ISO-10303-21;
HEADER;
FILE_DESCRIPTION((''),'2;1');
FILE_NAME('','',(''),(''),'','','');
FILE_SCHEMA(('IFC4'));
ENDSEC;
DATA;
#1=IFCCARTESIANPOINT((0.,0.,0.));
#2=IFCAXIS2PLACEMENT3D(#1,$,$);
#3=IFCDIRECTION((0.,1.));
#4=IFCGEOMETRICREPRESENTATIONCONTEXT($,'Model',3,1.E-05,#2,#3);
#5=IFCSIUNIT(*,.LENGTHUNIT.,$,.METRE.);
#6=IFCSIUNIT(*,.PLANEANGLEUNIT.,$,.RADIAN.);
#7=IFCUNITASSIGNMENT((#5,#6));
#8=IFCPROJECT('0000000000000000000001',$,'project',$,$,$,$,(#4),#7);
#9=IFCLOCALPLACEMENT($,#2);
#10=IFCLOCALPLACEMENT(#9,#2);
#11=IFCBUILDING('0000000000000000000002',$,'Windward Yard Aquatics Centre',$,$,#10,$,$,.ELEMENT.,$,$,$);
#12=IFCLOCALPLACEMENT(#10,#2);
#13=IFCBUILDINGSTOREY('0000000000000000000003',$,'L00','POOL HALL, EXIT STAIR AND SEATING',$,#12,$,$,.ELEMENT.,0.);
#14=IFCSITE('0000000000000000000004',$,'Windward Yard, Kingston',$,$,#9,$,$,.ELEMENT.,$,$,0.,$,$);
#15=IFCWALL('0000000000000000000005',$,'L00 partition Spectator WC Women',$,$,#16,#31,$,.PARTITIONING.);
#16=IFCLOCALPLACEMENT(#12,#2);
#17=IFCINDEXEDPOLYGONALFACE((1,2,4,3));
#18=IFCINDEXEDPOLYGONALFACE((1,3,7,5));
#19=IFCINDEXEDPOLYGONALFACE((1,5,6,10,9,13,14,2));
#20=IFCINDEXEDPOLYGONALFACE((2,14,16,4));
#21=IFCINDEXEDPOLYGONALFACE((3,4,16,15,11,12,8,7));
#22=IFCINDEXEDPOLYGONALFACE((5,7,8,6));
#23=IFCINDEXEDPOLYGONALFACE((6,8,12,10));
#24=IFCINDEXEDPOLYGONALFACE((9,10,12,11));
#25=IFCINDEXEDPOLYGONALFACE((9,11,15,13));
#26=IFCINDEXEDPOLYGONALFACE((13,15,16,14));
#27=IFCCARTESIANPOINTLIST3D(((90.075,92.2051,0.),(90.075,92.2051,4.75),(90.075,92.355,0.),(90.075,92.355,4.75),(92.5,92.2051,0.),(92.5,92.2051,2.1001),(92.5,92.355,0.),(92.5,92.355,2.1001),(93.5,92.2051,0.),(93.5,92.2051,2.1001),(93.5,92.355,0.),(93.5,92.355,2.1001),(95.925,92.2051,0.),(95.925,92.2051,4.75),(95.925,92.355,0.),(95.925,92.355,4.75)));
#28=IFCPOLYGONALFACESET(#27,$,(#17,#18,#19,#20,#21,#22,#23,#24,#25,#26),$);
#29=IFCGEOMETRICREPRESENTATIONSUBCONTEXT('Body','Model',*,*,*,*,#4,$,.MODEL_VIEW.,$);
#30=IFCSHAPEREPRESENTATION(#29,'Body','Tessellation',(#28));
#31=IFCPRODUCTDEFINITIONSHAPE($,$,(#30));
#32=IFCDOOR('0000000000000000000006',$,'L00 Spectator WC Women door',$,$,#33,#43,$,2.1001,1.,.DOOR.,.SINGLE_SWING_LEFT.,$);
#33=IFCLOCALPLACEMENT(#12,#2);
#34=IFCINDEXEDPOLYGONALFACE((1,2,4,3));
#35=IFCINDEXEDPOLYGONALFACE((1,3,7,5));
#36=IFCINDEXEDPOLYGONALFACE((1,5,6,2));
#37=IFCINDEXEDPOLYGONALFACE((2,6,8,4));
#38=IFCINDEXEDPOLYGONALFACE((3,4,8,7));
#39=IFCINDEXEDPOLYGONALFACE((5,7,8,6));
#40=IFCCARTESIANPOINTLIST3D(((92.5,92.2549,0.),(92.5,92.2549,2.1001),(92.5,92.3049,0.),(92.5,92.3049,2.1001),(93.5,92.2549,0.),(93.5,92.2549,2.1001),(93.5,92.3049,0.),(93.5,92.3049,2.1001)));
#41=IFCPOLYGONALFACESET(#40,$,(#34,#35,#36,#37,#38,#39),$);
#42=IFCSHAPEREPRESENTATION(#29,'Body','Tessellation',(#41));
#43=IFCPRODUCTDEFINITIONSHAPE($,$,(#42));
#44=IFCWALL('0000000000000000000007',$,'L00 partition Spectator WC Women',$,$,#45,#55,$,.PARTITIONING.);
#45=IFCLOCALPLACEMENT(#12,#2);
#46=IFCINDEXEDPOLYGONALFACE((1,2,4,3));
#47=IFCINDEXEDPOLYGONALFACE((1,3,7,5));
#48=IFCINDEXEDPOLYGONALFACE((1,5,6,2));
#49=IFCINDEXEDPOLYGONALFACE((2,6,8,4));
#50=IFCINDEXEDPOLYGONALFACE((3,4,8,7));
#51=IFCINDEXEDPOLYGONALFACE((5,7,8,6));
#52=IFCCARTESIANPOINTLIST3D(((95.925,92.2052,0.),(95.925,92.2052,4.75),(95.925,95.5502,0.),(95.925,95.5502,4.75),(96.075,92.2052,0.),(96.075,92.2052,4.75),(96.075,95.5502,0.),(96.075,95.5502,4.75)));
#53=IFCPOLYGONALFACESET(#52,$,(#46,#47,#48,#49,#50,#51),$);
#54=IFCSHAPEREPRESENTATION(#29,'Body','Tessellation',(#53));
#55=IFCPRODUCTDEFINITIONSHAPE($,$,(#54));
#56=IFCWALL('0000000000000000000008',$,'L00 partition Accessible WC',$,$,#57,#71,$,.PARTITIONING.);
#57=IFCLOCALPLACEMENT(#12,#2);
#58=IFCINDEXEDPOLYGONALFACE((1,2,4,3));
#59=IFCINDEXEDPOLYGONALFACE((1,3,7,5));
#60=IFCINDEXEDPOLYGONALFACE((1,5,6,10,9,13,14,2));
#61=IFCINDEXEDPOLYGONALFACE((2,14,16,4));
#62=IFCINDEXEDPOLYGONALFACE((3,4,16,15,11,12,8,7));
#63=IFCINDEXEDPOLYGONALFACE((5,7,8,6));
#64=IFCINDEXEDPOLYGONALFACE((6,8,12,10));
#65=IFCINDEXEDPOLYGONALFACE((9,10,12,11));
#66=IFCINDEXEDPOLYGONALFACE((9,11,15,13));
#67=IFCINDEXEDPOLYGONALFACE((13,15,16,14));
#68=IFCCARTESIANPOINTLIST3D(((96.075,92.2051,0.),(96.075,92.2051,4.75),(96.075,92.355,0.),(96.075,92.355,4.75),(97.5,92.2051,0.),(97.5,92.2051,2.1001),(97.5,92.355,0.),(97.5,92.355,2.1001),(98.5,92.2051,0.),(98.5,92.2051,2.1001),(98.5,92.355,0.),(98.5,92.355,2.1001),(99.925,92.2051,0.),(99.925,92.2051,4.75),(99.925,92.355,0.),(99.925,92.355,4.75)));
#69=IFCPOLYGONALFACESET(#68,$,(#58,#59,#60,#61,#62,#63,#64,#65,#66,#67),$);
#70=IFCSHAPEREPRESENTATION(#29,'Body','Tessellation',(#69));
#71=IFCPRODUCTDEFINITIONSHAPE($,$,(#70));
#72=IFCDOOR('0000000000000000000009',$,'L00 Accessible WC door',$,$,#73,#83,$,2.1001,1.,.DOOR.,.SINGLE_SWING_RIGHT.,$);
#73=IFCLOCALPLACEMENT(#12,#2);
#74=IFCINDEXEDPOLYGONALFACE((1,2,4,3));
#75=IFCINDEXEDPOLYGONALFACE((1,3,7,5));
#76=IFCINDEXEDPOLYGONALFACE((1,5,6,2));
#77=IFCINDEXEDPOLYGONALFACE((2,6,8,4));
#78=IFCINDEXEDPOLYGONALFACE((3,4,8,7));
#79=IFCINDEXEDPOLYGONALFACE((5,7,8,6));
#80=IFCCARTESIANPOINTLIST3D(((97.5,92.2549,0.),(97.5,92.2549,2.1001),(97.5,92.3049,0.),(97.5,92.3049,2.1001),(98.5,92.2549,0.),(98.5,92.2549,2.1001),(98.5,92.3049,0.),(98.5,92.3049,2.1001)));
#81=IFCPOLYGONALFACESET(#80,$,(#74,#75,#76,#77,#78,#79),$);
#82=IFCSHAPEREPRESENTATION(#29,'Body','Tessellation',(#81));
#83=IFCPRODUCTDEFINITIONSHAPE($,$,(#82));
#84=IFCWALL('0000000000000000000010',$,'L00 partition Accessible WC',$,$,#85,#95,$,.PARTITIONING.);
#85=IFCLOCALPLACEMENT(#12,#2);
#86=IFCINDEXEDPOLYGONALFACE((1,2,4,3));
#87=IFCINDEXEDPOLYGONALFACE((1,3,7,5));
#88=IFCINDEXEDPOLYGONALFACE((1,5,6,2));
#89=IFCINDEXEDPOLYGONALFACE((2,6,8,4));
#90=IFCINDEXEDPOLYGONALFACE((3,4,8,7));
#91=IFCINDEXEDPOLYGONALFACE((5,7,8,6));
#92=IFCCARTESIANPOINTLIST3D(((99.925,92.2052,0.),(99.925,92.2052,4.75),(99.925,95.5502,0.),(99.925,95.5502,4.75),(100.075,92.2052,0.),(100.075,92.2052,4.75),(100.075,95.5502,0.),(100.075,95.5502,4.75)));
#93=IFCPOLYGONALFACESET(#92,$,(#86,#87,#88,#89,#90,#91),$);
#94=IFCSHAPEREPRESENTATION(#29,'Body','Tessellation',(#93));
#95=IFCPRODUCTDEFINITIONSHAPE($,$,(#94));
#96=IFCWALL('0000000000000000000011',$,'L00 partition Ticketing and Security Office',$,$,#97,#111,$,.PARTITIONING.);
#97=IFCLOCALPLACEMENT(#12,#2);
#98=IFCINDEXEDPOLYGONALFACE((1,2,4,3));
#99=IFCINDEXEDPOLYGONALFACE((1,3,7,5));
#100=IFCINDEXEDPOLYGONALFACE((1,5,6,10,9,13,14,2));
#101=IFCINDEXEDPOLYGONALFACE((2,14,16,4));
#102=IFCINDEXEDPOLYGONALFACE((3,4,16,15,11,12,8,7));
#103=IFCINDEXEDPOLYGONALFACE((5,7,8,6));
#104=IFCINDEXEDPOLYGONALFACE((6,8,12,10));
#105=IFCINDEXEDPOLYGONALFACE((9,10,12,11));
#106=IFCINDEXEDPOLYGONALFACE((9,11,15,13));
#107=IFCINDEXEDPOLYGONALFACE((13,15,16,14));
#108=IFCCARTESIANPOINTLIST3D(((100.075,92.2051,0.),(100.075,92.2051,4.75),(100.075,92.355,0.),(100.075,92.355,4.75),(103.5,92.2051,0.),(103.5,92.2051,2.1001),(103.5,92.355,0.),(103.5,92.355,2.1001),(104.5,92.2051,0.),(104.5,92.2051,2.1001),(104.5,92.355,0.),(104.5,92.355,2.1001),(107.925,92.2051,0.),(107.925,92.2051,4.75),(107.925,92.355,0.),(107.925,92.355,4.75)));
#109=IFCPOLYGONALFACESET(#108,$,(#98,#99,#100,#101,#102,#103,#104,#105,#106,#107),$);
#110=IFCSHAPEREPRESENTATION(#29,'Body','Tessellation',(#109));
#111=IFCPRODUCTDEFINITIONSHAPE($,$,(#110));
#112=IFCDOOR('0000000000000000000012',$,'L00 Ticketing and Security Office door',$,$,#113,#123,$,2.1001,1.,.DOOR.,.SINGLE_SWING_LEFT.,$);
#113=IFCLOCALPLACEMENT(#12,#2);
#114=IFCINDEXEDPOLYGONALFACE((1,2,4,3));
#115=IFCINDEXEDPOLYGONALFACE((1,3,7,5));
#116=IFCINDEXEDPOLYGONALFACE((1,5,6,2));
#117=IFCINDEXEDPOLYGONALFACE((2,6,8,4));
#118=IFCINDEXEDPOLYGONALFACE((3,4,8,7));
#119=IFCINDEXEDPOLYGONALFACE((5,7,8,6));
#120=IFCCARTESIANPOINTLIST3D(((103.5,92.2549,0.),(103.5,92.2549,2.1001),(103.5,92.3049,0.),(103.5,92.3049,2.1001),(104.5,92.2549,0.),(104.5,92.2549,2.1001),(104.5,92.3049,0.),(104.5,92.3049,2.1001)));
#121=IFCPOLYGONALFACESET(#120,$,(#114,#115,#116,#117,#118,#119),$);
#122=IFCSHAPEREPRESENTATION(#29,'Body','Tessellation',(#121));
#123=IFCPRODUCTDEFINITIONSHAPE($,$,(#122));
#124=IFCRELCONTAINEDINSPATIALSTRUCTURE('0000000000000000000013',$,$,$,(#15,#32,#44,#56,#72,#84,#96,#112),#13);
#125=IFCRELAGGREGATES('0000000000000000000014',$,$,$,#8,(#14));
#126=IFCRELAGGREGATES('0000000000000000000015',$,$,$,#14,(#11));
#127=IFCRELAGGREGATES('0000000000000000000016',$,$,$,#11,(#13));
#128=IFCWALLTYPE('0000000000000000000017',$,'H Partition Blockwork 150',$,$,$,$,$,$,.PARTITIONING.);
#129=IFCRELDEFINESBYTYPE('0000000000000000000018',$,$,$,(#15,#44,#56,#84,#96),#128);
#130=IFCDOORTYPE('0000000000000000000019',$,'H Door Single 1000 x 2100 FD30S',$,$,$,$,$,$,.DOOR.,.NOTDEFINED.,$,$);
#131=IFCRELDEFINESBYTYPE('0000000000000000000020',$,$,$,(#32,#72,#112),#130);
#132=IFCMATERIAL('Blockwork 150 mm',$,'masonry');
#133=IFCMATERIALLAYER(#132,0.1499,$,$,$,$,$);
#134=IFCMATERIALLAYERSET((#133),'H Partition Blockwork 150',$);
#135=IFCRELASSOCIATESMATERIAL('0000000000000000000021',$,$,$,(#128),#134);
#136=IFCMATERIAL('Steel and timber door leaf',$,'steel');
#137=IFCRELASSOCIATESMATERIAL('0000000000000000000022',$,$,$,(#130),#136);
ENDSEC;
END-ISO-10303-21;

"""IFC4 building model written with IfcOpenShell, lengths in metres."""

from ifc_helpers import new_model, si_unit, direction, frame, frame_2d, origin, place, context, subcontext, project, spatial, rectangle, extrude, material, layer, layer_set, type_object, element, fill, save


model = new_model("IFC4")

# Units and contexts
model_context = context("Model", 3, precision=1e-05, world=origin(), true_north=direction((0.0, 1.0)))
body_context = subcontext(model_context, "Body", "Model", "MODEL_VIEW")
ifc_project = project(units=[si_unit("LENGTHUNIT", "METRE"), si_unit("PLANEANGLEUNIT", "RADIAN")], contexts=[model_context])

# Site, building, storey
site_placement = place(None, origin())
site = spatial("IfcSite", under=ifc_project, at=site_placement, Name="Windward Yard, Kingston", CompositionType="ELEMENT", RefElevation=0.0)
building_placement = place(site_placement, origin())
building = spatial("IfcBuilding", under=site, at=building_placement, Name="Windward Yard Aquatics Centre", CompositionType="ELEMENT")
storey_placement = place(building_placement, origin())
storey = spatial("IfcBuildingStorey", under=building, at=storey_placement, Name="L00", Description="POOL HALL, EXIT STAIR AND SEATING", CompositionType="ELEMENT", Elevation=0.0)

# Shared definitions
ifc_material_1 = material(Name="Blockwork 150 mm", Category="masonry")
ifc_layer = layer(ifc_material_1, 0.1499)
ifc_layer_set = layer_set([ifc_layer], Name="H Partition Blockwork 150")
wall_type = type_object("IfcWallType", Name="H Partition Blockwork 150", PredefinedType="PARTITIONING", material=ifc_layer_set)

# Wall, opening, door
wall_1_placement = place(storey_placement, frame((90.075, 92.28, 0.0), z_axis=(0.0, 0.0, 1.0), x_axis=(1.0, 0.0, 0.0)))
wall_1 = element("IfcWall", 1, at=wall_1_placement, inside=storey, type_object=wall_type, Name="L00 partition Spectator WC Women", PredefinedType="PARTITIONING", context=body_context, shape_type="SweptSolid", body=[
    extrude(rectangle(XDim=5.8501, YDim=0.1499, at=frame_2d((2.925, 0.0))), origin(), (0.0, 0.0, 1.0), 4.75),
])
opening_1_placement = place(wall_1_placement, frame((2.425, 0.0, 0.0)))
opening_1 = element("IfcOpeningElement", 2, at=opening_1_placement, cuts=wall_1, PredefinedType="OPENING", context=body_context, shape_type="SweptSolid", body=[
    extrude(rectangle(XDim=1.0, YDim=2.1001, at=frame_2d((0.5, 1.05))), frame((0.0, 0.085, 0.0), z_axis=(0.0, -1.0, 0.0), x_axis=(1.0, 0.0, 0.0)), (0.0, 0.0, 1.0), 0.1699),
])
ifc_material_2 = material(Name="Steel and timber door leaf", Category="steel")
door_type = type_object("IfcDoorType", Name="H Door Single 1000 x 2100 FD30S", OperationType="NOTDEFINED", PredefinedType="DOOR", material=ifc_material_2)
door_1_placement = place(opening_1_placement, origin())
door_1 = element("IfcDoor", 3, at=door_1_placement, inside=storey, type_object=door_type, Name="L00 Spectator WC Women door", OperationType="SINGLE_SWING_LEFT", OverallHeight=2.1001, OverallWidth=1.0, PredefinedType="DOOR", context=body_context, shape_type="SweptSolid", body=[
    extrude(rectangle(XDim=1.0, YDim=2.1001, at=frame_2d((0.5, 1.05))), frame((0.0, 0.0249, 0.0), z_axis=(0.0, -1.0, 0.0), x_axis=(1.0, 0.0, 0.0)), (0.0, 0.0, 1.0), 0.05),
])
fill(opening_1, door_1)

# Wall
wall_2_placement = place(storey_placement, frame((96.0, 95.55, 0.0), z_axis=(0.0, 0.0, 1.0), x_axis=(0.0, -1.0, 0.0)))
element("IfcWall", 4, at=wall_2_placement, inside=storey, type_object=wall_type, Name="L00 partition Spectator WC Women", PredefinedType="PARTITIONING", context=body_context, shape_type="SweptSolid", body=[
    extrude(rectangle(XDim=3.345, YDim=0.1499, at=frame_2d((1.6724, 0.0))), origin(), (0.0, 0.0, 1.0), 4.75),
])

# Wall, opening, door
wall_3_placement = place(storey_placement, frame((96.075, 92.28, 0.0), z_axis=(0.0, 0.0, 1.0), x_axis=(1.0, 0.0, 0.0)))
wall_3 = element("IfcWall", 5, at=wall_3_placement, inside=storey, type_object=wall_type, Name="L00 partition Accessible WC", PredefinedType="PARTITIONING", context=body_context, shape_type="SweptSolid", body=[
    extrude(rectangle(XDim=3.8501, YDim=0.1499, at=frame_2d((1.925, 0.0))), origin(), (0.0, 0.0, 1.0), 4.75),
])
opening_2_placement = place(wall_3_placement, frame((1.425, 0.0, 0.0)))
opening_2 = element("IfcOpeningElement", 6, at=opening_2_placement, cuts=wall_3, PredefinedType="OPENING", context=body_context, shape_type="SweptSolid", body=[
    extrude(rectangle(XDim=1.0, YDim=2.1001, at=frame_2d((0.5, 1.05))), frame((0.0, 0.085, 0.0), z_axis=(0.0, -1.0, 0.0), x_axis=(1.0, 0.0, 0.0)), (0.0, 0.0, 1.0), 0.1699),
])
door_2_placement = place(opening_2_placement, origin())
door_2 = element("IfcDoor", 7, at=door_2_placement, inside=storey, type_object=door_type, Name="L00 Accessible WC door", OperationType="SINGLE_SWING_RIGHT", OverallHeight=2.1001, OverallWidth=1.0, PredefinedType="DOOR", context=body_context, shape_type="SweptSolid", body=[
    extrude(rectangle(XDim=1.0, YDim=2.1001, at=frame_2d((0.5, 1.05))), frame((0.0, 0.0249, 0.0), z_axis=(0.0, -1.0, 0.0), x_axis=(1.0, 0.0, 0.0)), (0.0, 0.0, 1.0), 0.05),
])
fill(opening_2, door_2)

# Wall
wall_4_placement = place(storey_placement, frame((100.0, 95.55, 0.0), z_axis=(0.0, 0.0, 1.0), x_axis=(0.0, -1.0, 0.0)))
element("IfcWall", 8, at=wall_4_placement, inside=storey, type_object=wall_type, Name="L00 partition Accessible WC", PredefinedType="PARTITIONING", context=body_context, shape_type="SweptSolid", body=[
    extrude(rectangle(XDim=3.345, YDim=0.1499, at=frame_2d((1.6724, 0.0))), origin(), (0.0, 0.0, 1.0), 4.75),
])

# Wall, opening, door
wall_5_placement = place(storey_placement, frame((100.075, 92.28, 0.0), z_axis=(0.0, 0.0, 1.0), x_axis=(1.0, 0.0, 0.0)))
wall_5 = element("IfcWall", 9, at=wall_5_placement, inside=storey, type_object=wall_type, Name="L00 partition Ticketing and Security Office", PredefinedType="PARTITIONING", context=body_context, shape_type="SweptSolid", body=[
    extrude(rectangle(XDim=7.8501, YDim=0.1499, at=frame_2d((3.925, 0.0))), origin(), (0.0, 0.0, 1.0), 4.75),
])
opening_3_placement = place(wall_5_placement, frame((3.425, 0.0, 0.0)))
opening_3 = element("IfcOpeningElement", 10, at=opening_3_placement, cuts=wall_5, PredefinedType="OPENING", context=body_context, shape_type="SweptSolid", body=[
    extrude(rectangle(XDim=1.0, YDim=2.1001, at=frame_2d((0.5, 1.05))), frame((0.0, 0.085, 0.0), z_axis=(0.0, -1.0, 0.0), x_axis=(1.0, 0.0, 0.0)), (0.0, 0.0, 1.0), 0.1699),
])
door_3_placement = place(opening_3_placement, origin())
door_3 = element("IfcDoor", 11, at=door_3_placement, inside=storey, type_object=door_type, Name="L00 Ticketing and Security Office door", OperationType="SINGLE_SWING_LEFT", OverallHeight=2.1001, OverallWidth=1.0, PredefinedType="DOOR", context=body_context, shape_type="SweptSolid", body=[
    extrude(rectangle(XDim=1.0, YDim=2.1001, at=frame_2d((0.5, 1.05))), frame((0.0, 0.0249, 0.0), z_axis=(0.0, -1.0, 0.0), x_axis=(1.0, 0.0, 0.0)), (0.0, 0.0, 1.0), 0.05),
])
fill(opening_3, door_3)

save(model, "model.ifc")
